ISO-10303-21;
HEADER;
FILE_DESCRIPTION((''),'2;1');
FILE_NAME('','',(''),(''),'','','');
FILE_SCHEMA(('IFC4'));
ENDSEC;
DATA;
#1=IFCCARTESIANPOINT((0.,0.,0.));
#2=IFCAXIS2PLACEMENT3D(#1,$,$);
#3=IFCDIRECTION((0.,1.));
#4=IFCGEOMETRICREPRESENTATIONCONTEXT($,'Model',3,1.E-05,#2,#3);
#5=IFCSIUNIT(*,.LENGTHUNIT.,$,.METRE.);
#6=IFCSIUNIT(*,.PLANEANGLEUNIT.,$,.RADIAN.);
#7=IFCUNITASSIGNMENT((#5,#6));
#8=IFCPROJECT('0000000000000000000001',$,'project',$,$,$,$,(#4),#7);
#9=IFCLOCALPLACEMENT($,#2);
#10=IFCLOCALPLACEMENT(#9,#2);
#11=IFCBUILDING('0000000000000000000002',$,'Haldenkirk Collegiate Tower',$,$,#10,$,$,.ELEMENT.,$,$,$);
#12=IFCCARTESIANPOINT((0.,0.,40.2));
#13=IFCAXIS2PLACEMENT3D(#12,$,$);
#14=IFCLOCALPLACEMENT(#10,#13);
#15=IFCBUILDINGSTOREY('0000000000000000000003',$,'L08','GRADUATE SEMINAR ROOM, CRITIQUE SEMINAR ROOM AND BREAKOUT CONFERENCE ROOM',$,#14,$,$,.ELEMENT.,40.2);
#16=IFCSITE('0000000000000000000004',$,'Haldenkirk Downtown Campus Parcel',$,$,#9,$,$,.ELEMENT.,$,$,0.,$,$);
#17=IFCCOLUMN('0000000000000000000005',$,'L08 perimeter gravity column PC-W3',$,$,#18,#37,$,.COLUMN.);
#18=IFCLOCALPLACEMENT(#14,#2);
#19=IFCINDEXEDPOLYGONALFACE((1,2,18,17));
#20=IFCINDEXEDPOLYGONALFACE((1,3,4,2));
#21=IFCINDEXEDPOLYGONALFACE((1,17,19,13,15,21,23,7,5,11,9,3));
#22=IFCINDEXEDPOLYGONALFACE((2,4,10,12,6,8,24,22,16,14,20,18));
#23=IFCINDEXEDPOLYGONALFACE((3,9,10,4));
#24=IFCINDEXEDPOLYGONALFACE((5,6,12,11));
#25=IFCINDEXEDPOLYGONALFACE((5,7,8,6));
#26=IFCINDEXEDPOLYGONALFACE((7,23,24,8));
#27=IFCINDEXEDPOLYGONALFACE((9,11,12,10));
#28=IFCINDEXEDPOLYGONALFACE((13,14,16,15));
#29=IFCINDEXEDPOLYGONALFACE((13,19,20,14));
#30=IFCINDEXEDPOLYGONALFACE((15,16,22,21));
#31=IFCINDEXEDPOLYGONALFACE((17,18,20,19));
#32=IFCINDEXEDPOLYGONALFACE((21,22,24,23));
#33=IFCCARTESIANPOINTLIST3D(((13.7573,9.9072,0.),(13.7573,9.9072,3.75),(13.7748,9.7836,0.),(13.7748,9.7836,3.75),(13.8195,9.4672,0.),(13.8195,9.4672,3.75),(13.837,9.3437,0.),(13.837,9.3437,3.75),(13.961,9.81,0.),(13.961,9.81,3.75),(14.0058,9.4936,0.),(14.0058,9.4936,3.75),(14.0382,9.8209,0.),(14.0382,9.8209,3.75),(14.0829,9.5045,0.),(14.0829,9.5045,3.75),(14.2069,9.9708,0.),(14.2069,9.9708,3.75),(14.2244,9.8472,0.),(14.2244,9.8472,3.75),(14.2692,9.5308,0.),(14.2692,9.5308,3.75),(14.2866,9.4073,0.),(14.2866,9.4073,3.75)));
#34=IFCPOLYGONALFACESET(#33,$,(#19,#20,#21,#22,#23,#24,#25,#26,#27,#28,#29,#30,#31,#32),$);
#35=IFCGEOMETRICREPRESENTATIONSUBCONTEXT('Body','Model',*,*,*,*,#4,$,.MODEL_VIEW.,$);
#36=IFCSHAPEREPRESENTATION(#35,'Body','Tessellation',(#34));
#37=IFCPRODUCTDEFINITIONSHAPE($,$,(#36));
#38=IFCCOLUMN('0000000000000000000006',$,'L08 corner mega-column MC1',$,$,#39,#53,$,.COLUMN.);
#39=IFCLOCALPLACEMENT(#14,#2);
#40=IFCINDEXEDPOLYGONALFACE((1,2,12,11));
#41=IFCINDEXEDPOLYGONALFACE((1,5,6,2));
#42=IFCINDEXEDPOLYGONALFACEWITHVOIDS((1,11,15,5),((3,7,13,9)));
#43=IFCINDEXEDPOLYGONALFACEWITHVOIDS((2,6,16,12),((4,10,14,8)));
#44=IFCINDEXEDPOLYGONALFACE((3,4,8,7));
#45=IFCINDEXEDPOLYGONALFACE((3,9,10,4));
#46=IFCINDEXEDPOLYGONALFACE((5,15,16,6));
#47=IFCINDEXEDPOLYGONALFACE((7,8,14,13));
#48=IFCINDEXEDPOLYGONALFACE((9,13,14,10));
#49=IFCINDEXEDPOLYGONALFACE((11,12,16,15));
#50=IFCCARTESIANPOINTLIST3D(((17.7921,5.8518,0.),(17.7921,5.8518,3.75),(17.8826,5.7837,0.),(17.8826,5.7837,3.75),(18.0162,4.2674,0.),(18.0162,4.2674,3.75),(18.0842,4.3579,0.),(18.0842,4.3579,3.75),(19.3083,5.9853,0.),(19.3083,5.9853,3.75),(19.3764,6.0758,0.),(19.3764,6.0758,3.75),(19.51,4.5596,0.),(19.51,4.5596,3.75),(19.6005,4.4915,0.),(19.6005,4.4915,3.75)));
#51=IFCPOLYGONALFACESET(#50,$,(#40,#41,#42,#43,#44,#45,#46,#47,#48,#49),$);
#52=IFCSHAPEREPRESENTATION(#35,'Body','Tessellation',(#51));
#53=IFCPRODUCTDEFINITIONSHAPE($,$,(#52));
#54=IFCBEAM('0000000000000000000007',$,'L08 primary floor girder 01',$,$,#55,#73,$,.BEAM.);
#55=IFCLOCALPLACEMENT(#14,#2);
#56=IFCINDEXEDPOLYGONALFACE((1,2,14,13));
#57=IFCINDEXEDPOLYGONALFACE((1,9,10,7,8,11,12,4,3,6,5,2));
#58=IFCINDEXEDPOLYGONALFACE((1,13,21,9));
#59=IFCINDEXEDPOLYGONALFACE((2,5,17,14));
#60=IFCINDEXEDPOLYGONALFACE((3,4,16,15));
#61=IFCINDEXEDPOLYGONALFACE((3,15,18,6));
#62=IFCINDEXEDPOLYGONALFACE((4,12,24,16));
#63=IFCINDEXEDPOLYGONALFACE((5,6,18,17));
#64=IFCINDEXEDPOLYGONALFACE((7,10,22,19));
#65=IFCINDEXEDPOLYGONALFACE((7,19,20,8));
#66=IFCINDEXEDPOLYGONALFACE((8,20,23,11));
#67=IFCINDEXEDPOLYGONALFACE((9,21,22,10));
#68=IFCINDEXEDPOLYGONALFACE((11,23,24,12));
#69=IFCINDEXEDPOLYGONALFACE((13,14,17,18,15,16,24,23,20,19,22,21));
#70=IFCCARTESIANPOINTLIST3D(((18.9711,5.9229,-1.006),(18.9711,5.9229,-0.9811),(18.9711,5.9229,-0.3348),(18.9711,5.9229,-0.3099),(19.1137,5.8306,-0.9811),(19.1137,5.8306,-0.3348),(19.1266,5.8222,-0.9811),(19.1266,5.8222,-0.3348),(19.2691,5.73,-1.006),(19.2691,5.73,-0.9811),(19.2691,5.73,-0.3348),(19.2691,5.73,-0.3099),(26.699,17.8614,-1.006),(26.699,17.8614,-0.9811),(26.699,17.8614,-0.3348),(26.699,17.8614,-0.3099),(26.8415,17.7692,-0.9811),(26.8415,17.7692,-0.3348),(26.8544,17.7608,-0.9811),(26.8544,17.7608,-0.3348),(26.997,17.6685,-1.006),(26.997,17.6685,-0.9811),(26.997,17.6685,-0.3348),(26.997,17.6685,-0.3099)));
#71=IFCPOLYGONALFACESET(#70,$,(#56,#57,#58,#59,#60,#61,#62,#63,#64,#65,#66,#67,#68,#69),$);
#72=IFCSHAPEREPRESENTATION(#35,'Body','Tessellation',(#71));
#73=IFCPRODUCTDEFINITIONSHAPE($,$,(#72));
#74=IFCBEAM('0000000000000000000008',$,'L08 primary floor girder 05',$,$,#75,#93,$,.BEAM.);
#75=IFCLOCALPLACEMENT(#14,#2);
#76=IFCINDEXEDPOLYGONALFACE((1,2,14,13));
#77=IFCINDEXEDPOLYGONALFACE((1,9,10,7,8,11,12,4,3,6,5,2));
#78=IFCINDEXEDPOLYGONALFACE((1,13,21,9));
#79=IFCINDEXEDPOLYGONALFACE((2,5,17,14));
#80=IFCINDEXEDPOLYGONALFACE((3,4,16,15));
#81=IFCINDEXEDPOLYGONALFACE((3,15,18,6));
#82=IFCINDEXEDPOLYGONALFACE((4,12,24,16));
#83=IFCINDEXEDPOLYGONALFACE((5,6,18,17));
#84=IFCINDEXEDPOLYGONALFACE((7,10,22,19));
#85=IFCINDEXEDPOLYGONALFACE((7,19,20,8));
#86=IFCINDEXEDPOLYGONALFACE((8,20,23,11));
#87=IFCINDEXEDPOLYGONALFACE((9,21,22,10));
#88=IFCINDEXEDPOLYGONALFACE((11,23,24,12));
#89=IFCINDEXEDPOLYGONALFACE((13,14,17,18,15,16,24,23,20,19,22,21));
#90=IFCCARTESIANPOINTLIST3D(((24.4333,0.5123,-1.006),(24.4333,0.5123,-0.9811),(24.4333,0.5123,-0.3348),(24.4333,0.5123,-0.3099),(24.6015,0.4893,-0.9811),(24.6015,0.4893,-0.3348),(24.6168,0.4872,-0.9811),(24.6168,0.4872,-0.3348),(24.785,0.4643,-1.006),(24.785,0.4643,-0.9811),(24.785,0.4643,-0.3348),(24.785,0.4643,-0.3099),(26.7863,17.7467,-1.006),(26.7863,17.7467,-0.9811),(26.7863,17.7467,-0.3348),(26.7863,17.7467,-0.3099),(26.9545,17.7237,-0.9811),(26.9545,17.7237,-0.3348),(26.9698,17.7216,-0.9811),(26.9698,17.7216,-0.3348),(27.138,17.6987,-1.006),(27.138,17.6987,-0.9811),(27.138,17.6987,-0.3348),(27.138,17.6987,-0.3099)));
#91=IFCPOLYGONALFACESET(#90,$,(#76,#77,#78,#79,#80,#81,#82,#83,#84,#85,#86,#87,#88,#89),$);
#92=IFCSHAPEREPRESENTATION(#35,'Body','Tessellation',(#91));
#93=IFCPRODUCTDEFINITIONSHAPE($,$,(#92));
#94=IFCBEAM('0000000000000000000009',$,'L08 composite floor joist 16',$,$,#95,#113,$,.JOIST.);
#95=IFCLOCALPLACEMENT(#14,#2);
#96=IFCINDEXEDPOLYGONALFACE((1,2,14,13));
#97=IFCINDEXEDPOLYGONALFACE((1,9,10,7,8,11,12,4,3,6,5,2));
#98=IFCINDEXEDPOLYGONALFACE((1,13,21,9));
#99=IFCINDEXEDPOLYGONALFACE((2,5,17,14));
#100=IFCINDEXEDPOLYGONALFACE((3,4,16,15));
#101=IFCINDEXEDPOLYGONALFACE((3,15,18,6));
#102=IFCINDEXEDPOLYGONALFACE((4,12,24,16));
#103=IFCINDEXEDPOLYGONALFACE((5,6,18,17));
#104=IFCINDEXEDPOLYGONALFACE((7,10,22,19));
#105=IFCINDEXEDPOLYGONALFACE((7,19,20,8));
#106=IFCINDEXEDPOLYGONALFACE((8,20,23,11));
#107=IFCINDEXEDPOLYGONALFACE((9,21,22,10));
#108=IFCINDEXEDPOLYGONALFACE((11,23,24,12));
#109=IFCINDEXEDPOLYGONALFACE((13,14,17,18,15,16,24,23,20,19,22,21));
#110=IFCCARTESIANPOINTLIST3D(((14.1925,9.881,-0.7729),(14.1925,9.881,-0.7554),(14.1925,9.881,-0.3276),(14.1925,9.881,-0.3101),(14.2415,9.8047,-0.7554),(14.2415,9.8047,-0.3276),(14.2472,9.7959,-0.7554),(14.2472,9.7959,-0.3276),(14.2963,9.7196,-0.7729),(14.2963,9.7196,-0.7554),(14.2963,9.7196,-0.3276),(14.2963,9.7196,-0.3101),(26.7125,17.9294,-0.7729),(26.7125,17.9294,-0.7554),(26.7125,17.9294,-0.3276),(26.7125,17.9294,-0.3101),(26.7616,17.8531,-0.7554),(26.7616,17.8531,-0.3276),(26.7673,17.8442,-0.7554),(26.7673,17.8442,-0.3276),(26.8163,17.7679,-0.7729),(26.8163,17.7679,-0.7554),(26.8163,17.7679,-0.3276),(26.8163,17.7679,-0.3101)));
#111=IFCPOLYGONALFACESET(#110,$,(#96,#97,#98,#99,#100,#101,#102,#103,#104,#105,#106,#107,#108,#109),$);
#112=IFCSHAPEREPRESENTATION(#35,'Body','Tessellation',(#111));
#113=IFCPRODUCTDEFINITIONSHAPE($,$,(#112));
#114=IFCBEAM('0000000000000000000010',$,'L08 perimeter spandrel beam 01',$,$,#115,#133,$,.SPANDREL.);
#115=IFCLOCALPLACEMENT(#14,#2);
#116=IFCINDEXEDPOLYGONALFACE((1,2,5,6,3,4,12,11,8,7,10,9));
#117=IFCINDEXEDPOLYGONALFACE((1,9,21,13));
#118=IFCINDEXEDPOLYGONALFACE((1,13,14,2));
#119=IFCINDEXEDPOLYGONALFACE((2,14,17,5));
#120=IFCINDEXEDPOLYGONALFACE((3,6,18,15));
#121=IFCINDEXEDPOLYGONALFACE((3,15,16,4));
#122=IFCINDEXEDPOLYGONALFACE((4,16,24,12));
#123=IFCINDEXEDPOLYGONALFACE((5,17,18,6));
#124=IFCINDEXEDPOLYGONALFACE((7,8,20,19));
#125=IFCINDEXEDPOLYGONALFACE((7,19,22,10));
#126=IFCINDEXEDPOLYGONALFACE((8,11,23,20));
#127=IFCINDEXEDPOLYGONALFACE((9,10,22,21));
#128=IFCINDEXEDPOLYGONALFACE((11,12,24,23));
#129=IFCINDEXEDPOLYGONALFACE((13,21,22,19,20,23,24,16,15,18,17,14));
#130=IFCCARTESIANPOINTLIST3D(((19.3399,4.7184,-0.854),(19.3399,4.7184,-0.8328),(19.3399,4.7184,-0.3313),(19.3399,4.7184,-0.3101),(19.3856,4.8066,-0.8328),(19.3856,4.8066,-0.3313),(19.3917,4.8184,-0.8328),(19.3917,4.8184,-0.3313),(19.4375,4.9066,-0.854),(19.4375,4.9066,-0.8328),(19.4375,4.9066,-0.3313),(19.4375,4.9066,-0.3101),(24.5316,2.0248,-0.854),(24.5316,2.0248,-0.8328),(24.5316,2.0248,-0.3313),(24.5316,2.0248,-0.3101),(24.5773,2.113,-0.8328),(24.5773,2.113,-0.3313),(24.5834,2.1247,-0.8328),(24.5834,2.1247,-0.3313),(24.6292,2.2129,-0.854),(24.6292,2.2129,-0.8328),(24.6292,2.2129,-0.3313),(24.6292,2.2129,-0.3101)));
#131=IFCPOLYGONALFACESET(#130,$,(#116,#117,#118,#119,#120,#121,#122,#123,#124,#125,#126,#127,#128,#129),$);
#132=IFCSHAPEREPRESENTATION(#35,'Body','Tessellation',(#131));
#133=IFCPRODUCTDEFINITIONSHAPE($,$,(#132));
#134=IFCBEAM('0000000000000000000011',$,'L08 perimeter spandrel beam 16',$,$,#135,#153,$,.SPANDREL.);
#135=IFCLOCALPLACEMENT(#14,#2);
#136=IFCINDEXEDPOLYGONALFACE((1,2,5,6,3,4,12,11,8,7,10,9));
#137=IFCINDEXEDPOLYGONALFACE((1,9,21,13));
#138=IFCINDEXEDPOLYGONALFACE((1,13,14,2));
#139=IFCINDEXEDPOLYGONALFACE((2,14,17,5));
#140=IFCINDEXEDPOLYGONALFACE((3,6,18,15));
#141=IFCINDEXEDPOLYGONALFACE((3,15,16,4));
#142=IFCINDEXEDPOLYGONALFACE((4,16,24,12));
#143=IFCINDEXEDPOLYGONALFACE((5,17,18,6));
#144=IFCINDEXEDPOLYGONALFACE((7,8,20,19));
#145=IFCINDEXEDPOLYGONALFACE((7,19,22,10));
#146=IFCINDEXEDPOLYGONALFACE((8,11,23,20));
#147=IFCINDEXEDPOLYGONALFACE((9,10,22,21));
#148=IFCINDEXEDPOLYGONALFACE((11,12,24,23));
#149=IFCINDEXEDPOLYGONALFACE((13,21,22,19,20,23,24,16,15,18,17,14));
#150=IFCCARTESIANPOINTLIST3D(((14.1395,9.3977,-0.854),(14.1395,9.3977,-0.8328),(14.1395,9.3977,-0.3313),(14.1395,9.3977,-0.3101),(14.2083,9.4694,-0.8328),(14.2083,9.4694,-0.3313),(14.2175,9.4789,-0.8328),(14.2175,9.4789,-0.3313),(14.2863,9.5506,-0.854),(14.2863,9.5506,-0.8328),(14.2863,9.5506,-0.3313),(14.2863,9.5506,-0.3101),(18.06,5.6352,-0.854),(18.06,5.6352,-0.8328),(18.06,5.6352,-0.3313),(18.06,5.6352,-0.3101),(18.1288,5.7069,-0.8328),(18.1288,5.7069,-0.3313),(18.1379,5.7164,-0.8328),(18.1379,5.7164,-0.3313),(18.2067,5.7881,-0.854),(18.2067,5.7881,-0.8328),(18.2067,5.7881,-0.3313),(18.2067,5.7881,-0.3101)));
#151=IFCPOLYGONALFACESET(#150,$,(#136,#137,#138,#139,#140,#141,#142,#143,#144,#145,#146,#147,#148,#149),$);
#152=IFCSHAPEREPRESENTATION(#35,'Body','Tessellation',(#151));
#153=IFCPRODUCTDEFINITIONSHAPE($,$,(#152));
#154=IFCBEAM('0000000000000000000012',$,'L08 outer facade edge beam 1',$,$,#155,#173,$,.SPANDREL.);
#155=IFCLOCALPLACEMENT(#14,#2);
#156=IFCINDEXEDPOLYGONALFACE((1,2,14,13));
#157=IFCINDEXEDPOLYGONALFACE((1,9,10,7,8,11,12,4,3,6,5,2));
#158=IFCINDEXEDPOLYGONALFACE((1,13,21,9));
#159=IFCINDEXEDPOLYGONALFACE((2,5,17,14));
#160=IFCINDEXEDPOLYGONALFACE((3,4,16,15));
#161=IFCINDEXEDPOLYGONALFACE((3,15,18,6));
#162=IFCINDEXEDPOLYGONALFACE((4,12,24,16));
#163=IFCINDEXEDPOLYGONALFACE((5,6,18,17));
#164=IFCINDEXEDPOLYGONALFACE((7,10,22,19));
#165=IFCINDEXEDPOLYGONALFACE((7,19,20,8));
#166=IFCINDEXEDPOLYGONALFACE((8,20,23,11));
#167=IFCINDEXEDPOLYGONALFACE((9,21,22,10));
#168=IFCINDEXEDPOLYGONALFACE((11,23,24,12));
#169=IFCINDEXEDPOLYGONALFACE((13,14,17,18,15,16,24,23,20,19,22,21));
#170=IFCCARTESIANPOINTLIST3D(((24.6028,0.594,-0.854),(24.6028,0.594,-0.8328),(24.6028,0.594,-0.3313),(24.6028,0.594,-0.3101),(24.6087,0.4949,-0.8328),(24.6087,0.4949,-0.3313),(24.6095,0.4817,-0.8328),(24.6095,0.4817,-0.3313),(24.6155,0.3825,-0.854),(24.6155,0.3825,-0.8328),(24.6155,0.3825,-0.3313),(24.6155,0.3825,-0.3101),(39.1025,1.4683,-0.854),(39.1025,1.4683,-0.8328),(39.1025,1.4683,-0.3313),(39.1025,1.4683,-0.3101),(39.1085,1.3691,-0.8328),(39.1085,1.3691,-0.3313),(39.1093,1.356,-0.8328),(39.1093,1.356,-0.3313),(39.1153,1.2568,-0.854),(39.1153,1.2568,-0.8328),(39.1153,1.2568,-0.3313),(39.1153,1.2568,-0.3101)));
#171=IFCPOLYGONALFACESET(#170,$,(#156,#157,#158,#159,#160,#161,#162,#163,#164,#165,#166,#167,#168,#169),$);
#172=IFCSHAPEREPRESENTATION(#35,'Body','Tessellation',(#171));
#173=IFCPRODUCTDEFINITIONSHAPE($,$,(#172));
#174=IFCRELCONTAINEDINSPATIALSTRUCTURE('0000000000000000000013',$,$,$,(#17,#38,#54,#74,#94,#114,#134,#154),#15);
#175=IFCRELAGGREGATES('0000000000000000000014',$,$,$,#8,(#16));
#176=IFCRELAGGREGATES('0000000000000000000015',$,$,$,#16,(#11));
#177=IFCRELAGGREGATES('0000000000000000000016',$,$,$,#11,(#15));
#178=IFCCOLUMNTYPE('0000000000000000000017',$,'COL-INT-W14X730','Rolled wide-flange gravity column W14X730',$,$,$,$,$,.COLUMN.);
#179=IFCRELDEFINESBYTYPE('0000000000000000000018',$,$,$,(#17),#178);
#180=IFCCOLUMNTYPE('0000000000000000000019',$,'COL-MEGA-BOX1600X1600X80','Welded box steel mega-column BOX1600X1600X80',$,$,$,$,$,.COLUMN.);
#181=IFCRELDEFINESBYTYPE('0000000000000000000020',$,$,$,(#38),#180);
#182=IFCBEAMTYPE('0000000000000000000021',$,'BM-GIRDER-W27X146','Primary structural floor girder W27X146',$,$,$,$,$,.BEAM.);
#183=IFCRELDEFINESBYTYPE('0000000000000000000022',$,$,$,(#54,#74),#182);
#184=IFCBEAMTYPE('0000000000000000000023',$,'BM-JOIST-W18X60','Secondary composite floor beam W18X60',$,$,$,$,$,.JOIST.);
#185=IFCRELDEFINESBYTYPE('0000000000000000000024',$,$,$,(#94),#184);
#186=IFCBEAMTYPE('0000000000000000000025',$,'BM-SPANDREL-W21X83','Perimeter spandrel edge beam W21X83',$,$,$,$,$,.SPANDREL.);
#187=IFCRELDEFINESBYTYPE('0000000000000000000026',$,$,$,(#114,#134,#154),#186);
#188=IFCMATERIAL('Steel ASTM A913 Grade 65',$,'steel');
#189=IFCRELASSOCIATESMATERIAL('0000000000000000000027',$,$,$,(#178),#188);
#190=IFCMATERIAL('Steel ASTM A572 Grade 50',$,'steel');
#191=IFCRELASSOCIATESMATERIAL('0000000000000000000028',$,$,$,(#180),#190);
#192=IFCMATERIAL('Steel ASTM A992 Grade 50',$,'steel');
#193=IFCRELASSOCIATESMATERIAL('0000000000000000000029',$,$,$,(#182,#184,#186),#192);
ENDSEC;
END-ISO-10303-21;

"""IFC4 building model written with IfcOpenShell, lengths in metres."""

from ifc_helpers import new_model, si_unit, direction, frame, origin, origin_2d, place, context, subcontext, project, spatial, hollow_rectangle, i_section, extrude, material, material_profile, profile_set, type_object, element, save


model = new_model("IFC4")

# Units and contexts
model_context = context("Model", 3, precision=1e-05, world=origin(), true_north=direction((0.0, 1.0)))
body_context = subcontext(model_context, "Body", "Model", "MODEL_VIEW")
ifc_project = project(units=[si_unit("LENGTHUNIT", "METRE"), si_unit("PLANEANGLEUNIT", "RADIAN")], contexts=[model_context])

# Site, building, storey
site_placement = place(None, origin())
site = spatial("IfcSite", under=ifc_project, at=site_placement, Name="Haldenkirk Downtown Campus Parcel", CompositionType="ELEMENT", RefElevation=0.0)
building_placement = place(site_placement, origin())
building = spatial("IfcBuilding", under=site, at=building_placement, Name="Haldenkirk Collegiate Tower", CompositionType="ELEMENT")
storey_placement = place(building_placement, frame((0.0, 0.0, 40.2)))
storey = spatial("IfcBuildingStorey", under=building, at=storey_placement, Name="L08", Description="GRADUATE SEMINAR ROOM, CRITIQUE SEMINAR ROOM AND BREAKOUT CONFERENCE ROOM", CompositionType="ELEMENT", Elevation=40.2)

# Columns
ifc_material_1 = material(Name="Steel ASTM A913 Grade 65", Category="steel")
ifc_material_profile_1 = material_profile(ifc_material_1, i_section(OverallWidth=0.4541, OverallDepth=0.5691, WebThickness=0.0779, FlangeThickness=0.1248, at=origin_2d()), Name="W14X730")
ifc_profile_set_1 = profile_set([ifc_material_profile_1], Name="Steel ASTM A913 Grade 65")
column_type_1 = type_object("IfcColumnType", Name="COL-INT-W14X730", Description="Rolled wide-flange gravity column W14X730", PredefinedType="COLUMN", material=ifc_profile_set_1)
column_1_placement = place(storey_placement, frame((14.022, 9.6572, 0.0), z_axis=(0.0, 0.0, 1.0), x_axis=(0.990146, 0.140037, 0.0)))
element("IfcColumn", 1, at=column_1_placement, inside=storey, type_object=column_type_1, Name="L08 perimeter gravity column PC-W3", PredefinedType="COLUMN", context=body_context, shape_type="SweptSolid", body=[
    extrude(i_section(OverallWidth=0.4541, OverallDepth=0.5691, WebThickness=0.0779, FlangeThickness=0.1248, at=origin_2d()), origin(), (0.0, 0.0, 1.0), 3.75),
])
ifc_material_2 = material(Name="Steel ASTM A572 Grade 50", Category="steel")
ifc_material_profile_2 = material_profile(ifc_material_2, hollow_rectangle(XDim=1.6001, YDim=1.6001, WallThickness=0.0801, at=origin_2d()), Name="BOX1600X1600X80")
ifc_profile_set_2 = profile_set([ifc_material_profile_2], Name="Steel ASTM A572 Grade 50")
column_type_2 = type_object("IfcColumnType", Name="COL-MEGA-BOX1600X1600X80", Description="Welded box steel mega-column BOX1600X1600X80", PredefinedType="COLUMN", material=ifc_profile_set_2)
column_2_placement = place(storey_placement, frame((18.6963, 5.1716, 0.0), z_axis=(0.0, 0.0, 1.0), x_axis=(0.990146, 0.140037, 0.0)))
element("IfcColumn", 2, at=column_2_placement, inside=storey, type_object=column_type_2, Name="L08 corner mega-column MC1", PredefinedType="COLUMN", context=body_context, shape_type="SweptSolid", body=[
    extrude(hollow_rectangle(XDim=1.6001, YDim=1.6001, WallThickness=0.0801, at=origin_2d()), origin(), (0.0, 0.0, 1.0), 3.75),
])

# Beams
ifc_material_3 = material(Name="Steel ASTM A992 Grade 50", Category="steel")
ifc_material_profile_3 = material_profile(ifc_material_3, i_section(OverallWidth=0.355, OverallDepth=0.696, WebThickness=0.0154, FlangeThickness=0.0249, at=origin_2d()), Name="W27X146")
ifc_profile_set_3 = profile_set([ifc_material_profile_3], Name="Steel ASTM A992 Grade 50")
beam_type_1 = type_object("IfcBeamType", Name="BM-GIRDER-W27X146", Description="Primary structural floor girder W27X146", PredefinedType="BEAM", material=ifc_profile_set_3)
beam_1_placement = place(storey_placement, frame((19.1201, 5.8264, -0.658), z_axis=(0.543394, 0.839478, 0.0), x_axis=(-0.839478, 0.543394, 0.0)))
element("IfcBeam", 3, at=beam_1_placement, inside=storey, type_object=beam_type_1, Name="L08 primary floor girder 01", PredefinedType="BEAM", context=body_context, shape_type="SweptSolid", body=[
    extrude(i_section(OverallWidth=0.355, OverallDepth=0.696, WebThickness=0.0154, FlangeThickness=0.0249, at=origin_2d()), origin(), (0.0, 0.0, 1.0), 14.2214),
])
beam_2_placement = place(storey_placement, frame((24.6091, 0.4883, -0.658), z_axis=(0.135276, 0.990808, 0.0), x_axis=(-0.990808, 0.135276, 0.0)))
element("IfcBeam", 4, at=beam_2_placement, inside=storey, type_object=beam_type_1, Name="L08 primary floor girder 05", PredefinedType="BEAM", context=body_context, shape_type="SweptSolid", body=[
    extrude(i_section(OverallWidth=0.355, OverallDepth=0.696, WebThickness=0.0154, FlangeThickness=0.0249, at=origin_2d()), origin(), (0.0, 0.0, 1.0), 17.3943),
])
ifc_material_profile_4 = material_profile(ifc_material_3, i_section(OverallWidth=0.1919, OverallDepth=0.4629, WebThickness=0.0105, FlangeThickness=0.0176, at=origin_2d()), Name="W18X60")
ifc_profile_set_4 = profile_set([ifc_material_profile_4], Name="Steel ASTM A992 Grade 50")
beam_type_2 = type_object("IfcBeamType", Name="BM-JOIST-W18X60", Description="Secondary composite floor beam W18X60", PredefinedType="JOIST", material=ifc_profile_set_4)
beam_3_placement = place(storey_placement, frame((14.2444, 9.8003, -0.5415), z_axis=(0.841186, 0.540746, 0.0), x_axis=(-0.540746, 0.841186, 0.0)))
element("IfcBeam", 5, at=beam_3_placement, inside=storey, type_object=beam_type_2, Name="L08 composite floor joist 16", PredefinedType="JOIST", context=body_context, shape_type="SweptSolid", body=[
    extrude(i_section(OverallWidth=0.1919, OverallDepth=0.4629, WebThickness=0.0105, FlangeThickness=0.0176, at=origin_2d()), origin(), (0.0, 0.0, 1.0), 14.8838),
])
ifc_material_profile_5 = material_profile(ifc_material_3, i_section(OverallWidth=0.2119, OverallDepth=0.5439, WebThickness=0.0132, FlangeThickness=0.0212, at=origin_2d()), Name="W21X83")
ifc_profile_set_5 = profile_set([ifc_material_profile_5], Name="Steel ASTM A992 Grade 50")
beam_type_3 = type_object("IfcBeamType", Name="BM-SPANDREL-W21X83", Description="Perimeter spandrel edge beam W21X83", PredefinedType="SPANDREL", material=ifc_profile_set_5)
beam_4_placement = place(storey_placement, frame((19.3887, 4.8125, -0.582), z_axis=(0.88764, -0.460538, 0.0), x_axis=(0.460538, 0.88764, 0.0)))
element("IfcBeam", 6, at=beam_4_placement, inside=storey, type_object=beam_type_3, Name="L08 perimeter spandrel beam 01", PredefinedType="SPANDREL", context=body_context, shape_type="SweptSolid", body=[
    extrude(i_section(OverallWidth=0.2119, OverallDepth=0.5439, WebThickness=0.0132, FlangeThickness=0.0212, at=origin_2d()), origin(), (0.0, 0.0, 1.0), 5.8489),
])
beam_5_placement = place(storey_placement, frame((14.2129, 9.4741, -0.582), z_axis=(0.721492, -0.692422, 0.0), x_axis=(0.692422, 0.721492, 0.0)))
element("IfcBeam", 7, at=beam_5_placement, inside=storey, type_object=beam_type_3, Name="L08 perimeter spandrel beam 16", PredefinedType="SPANDREL", context=body_context, shape_type="SweptSolid", body=[
    extrude(i_section(OverallWidth=0.2119, OverallDepth=0.5439, WebThickness=0.0132, FlangeThickness=0.0212, at=origin_2d()), origin(), (0.0, 0.0, 1.0), 5.4338),
])
beam_6_placement = place(storey_placement, frame((24.6091, 0.4883, -0.582), z_axis=(0.998187, 0.060186, 0.0), x_axis=(-0.060186, 0.998187, 0.0)))
element("IfcBeam", 8, at=beam_6_placement, inside=storey, type_object=beam_type_3, Name="L08 outer facade edge beam 1", PredefinedType="SPANDREL", context=body_context, shape_type="SweptSolid", body=[
    extrude(i_section(OverallWidth=0.2119, OverallDepth=0.5439, WebThickness=0.0132, FlangeThickness=0.0212, at=origin_2d()), origin(), (0.0, 0.0, 1.0), 14.5261),
])

save(model, "model.ifc")
